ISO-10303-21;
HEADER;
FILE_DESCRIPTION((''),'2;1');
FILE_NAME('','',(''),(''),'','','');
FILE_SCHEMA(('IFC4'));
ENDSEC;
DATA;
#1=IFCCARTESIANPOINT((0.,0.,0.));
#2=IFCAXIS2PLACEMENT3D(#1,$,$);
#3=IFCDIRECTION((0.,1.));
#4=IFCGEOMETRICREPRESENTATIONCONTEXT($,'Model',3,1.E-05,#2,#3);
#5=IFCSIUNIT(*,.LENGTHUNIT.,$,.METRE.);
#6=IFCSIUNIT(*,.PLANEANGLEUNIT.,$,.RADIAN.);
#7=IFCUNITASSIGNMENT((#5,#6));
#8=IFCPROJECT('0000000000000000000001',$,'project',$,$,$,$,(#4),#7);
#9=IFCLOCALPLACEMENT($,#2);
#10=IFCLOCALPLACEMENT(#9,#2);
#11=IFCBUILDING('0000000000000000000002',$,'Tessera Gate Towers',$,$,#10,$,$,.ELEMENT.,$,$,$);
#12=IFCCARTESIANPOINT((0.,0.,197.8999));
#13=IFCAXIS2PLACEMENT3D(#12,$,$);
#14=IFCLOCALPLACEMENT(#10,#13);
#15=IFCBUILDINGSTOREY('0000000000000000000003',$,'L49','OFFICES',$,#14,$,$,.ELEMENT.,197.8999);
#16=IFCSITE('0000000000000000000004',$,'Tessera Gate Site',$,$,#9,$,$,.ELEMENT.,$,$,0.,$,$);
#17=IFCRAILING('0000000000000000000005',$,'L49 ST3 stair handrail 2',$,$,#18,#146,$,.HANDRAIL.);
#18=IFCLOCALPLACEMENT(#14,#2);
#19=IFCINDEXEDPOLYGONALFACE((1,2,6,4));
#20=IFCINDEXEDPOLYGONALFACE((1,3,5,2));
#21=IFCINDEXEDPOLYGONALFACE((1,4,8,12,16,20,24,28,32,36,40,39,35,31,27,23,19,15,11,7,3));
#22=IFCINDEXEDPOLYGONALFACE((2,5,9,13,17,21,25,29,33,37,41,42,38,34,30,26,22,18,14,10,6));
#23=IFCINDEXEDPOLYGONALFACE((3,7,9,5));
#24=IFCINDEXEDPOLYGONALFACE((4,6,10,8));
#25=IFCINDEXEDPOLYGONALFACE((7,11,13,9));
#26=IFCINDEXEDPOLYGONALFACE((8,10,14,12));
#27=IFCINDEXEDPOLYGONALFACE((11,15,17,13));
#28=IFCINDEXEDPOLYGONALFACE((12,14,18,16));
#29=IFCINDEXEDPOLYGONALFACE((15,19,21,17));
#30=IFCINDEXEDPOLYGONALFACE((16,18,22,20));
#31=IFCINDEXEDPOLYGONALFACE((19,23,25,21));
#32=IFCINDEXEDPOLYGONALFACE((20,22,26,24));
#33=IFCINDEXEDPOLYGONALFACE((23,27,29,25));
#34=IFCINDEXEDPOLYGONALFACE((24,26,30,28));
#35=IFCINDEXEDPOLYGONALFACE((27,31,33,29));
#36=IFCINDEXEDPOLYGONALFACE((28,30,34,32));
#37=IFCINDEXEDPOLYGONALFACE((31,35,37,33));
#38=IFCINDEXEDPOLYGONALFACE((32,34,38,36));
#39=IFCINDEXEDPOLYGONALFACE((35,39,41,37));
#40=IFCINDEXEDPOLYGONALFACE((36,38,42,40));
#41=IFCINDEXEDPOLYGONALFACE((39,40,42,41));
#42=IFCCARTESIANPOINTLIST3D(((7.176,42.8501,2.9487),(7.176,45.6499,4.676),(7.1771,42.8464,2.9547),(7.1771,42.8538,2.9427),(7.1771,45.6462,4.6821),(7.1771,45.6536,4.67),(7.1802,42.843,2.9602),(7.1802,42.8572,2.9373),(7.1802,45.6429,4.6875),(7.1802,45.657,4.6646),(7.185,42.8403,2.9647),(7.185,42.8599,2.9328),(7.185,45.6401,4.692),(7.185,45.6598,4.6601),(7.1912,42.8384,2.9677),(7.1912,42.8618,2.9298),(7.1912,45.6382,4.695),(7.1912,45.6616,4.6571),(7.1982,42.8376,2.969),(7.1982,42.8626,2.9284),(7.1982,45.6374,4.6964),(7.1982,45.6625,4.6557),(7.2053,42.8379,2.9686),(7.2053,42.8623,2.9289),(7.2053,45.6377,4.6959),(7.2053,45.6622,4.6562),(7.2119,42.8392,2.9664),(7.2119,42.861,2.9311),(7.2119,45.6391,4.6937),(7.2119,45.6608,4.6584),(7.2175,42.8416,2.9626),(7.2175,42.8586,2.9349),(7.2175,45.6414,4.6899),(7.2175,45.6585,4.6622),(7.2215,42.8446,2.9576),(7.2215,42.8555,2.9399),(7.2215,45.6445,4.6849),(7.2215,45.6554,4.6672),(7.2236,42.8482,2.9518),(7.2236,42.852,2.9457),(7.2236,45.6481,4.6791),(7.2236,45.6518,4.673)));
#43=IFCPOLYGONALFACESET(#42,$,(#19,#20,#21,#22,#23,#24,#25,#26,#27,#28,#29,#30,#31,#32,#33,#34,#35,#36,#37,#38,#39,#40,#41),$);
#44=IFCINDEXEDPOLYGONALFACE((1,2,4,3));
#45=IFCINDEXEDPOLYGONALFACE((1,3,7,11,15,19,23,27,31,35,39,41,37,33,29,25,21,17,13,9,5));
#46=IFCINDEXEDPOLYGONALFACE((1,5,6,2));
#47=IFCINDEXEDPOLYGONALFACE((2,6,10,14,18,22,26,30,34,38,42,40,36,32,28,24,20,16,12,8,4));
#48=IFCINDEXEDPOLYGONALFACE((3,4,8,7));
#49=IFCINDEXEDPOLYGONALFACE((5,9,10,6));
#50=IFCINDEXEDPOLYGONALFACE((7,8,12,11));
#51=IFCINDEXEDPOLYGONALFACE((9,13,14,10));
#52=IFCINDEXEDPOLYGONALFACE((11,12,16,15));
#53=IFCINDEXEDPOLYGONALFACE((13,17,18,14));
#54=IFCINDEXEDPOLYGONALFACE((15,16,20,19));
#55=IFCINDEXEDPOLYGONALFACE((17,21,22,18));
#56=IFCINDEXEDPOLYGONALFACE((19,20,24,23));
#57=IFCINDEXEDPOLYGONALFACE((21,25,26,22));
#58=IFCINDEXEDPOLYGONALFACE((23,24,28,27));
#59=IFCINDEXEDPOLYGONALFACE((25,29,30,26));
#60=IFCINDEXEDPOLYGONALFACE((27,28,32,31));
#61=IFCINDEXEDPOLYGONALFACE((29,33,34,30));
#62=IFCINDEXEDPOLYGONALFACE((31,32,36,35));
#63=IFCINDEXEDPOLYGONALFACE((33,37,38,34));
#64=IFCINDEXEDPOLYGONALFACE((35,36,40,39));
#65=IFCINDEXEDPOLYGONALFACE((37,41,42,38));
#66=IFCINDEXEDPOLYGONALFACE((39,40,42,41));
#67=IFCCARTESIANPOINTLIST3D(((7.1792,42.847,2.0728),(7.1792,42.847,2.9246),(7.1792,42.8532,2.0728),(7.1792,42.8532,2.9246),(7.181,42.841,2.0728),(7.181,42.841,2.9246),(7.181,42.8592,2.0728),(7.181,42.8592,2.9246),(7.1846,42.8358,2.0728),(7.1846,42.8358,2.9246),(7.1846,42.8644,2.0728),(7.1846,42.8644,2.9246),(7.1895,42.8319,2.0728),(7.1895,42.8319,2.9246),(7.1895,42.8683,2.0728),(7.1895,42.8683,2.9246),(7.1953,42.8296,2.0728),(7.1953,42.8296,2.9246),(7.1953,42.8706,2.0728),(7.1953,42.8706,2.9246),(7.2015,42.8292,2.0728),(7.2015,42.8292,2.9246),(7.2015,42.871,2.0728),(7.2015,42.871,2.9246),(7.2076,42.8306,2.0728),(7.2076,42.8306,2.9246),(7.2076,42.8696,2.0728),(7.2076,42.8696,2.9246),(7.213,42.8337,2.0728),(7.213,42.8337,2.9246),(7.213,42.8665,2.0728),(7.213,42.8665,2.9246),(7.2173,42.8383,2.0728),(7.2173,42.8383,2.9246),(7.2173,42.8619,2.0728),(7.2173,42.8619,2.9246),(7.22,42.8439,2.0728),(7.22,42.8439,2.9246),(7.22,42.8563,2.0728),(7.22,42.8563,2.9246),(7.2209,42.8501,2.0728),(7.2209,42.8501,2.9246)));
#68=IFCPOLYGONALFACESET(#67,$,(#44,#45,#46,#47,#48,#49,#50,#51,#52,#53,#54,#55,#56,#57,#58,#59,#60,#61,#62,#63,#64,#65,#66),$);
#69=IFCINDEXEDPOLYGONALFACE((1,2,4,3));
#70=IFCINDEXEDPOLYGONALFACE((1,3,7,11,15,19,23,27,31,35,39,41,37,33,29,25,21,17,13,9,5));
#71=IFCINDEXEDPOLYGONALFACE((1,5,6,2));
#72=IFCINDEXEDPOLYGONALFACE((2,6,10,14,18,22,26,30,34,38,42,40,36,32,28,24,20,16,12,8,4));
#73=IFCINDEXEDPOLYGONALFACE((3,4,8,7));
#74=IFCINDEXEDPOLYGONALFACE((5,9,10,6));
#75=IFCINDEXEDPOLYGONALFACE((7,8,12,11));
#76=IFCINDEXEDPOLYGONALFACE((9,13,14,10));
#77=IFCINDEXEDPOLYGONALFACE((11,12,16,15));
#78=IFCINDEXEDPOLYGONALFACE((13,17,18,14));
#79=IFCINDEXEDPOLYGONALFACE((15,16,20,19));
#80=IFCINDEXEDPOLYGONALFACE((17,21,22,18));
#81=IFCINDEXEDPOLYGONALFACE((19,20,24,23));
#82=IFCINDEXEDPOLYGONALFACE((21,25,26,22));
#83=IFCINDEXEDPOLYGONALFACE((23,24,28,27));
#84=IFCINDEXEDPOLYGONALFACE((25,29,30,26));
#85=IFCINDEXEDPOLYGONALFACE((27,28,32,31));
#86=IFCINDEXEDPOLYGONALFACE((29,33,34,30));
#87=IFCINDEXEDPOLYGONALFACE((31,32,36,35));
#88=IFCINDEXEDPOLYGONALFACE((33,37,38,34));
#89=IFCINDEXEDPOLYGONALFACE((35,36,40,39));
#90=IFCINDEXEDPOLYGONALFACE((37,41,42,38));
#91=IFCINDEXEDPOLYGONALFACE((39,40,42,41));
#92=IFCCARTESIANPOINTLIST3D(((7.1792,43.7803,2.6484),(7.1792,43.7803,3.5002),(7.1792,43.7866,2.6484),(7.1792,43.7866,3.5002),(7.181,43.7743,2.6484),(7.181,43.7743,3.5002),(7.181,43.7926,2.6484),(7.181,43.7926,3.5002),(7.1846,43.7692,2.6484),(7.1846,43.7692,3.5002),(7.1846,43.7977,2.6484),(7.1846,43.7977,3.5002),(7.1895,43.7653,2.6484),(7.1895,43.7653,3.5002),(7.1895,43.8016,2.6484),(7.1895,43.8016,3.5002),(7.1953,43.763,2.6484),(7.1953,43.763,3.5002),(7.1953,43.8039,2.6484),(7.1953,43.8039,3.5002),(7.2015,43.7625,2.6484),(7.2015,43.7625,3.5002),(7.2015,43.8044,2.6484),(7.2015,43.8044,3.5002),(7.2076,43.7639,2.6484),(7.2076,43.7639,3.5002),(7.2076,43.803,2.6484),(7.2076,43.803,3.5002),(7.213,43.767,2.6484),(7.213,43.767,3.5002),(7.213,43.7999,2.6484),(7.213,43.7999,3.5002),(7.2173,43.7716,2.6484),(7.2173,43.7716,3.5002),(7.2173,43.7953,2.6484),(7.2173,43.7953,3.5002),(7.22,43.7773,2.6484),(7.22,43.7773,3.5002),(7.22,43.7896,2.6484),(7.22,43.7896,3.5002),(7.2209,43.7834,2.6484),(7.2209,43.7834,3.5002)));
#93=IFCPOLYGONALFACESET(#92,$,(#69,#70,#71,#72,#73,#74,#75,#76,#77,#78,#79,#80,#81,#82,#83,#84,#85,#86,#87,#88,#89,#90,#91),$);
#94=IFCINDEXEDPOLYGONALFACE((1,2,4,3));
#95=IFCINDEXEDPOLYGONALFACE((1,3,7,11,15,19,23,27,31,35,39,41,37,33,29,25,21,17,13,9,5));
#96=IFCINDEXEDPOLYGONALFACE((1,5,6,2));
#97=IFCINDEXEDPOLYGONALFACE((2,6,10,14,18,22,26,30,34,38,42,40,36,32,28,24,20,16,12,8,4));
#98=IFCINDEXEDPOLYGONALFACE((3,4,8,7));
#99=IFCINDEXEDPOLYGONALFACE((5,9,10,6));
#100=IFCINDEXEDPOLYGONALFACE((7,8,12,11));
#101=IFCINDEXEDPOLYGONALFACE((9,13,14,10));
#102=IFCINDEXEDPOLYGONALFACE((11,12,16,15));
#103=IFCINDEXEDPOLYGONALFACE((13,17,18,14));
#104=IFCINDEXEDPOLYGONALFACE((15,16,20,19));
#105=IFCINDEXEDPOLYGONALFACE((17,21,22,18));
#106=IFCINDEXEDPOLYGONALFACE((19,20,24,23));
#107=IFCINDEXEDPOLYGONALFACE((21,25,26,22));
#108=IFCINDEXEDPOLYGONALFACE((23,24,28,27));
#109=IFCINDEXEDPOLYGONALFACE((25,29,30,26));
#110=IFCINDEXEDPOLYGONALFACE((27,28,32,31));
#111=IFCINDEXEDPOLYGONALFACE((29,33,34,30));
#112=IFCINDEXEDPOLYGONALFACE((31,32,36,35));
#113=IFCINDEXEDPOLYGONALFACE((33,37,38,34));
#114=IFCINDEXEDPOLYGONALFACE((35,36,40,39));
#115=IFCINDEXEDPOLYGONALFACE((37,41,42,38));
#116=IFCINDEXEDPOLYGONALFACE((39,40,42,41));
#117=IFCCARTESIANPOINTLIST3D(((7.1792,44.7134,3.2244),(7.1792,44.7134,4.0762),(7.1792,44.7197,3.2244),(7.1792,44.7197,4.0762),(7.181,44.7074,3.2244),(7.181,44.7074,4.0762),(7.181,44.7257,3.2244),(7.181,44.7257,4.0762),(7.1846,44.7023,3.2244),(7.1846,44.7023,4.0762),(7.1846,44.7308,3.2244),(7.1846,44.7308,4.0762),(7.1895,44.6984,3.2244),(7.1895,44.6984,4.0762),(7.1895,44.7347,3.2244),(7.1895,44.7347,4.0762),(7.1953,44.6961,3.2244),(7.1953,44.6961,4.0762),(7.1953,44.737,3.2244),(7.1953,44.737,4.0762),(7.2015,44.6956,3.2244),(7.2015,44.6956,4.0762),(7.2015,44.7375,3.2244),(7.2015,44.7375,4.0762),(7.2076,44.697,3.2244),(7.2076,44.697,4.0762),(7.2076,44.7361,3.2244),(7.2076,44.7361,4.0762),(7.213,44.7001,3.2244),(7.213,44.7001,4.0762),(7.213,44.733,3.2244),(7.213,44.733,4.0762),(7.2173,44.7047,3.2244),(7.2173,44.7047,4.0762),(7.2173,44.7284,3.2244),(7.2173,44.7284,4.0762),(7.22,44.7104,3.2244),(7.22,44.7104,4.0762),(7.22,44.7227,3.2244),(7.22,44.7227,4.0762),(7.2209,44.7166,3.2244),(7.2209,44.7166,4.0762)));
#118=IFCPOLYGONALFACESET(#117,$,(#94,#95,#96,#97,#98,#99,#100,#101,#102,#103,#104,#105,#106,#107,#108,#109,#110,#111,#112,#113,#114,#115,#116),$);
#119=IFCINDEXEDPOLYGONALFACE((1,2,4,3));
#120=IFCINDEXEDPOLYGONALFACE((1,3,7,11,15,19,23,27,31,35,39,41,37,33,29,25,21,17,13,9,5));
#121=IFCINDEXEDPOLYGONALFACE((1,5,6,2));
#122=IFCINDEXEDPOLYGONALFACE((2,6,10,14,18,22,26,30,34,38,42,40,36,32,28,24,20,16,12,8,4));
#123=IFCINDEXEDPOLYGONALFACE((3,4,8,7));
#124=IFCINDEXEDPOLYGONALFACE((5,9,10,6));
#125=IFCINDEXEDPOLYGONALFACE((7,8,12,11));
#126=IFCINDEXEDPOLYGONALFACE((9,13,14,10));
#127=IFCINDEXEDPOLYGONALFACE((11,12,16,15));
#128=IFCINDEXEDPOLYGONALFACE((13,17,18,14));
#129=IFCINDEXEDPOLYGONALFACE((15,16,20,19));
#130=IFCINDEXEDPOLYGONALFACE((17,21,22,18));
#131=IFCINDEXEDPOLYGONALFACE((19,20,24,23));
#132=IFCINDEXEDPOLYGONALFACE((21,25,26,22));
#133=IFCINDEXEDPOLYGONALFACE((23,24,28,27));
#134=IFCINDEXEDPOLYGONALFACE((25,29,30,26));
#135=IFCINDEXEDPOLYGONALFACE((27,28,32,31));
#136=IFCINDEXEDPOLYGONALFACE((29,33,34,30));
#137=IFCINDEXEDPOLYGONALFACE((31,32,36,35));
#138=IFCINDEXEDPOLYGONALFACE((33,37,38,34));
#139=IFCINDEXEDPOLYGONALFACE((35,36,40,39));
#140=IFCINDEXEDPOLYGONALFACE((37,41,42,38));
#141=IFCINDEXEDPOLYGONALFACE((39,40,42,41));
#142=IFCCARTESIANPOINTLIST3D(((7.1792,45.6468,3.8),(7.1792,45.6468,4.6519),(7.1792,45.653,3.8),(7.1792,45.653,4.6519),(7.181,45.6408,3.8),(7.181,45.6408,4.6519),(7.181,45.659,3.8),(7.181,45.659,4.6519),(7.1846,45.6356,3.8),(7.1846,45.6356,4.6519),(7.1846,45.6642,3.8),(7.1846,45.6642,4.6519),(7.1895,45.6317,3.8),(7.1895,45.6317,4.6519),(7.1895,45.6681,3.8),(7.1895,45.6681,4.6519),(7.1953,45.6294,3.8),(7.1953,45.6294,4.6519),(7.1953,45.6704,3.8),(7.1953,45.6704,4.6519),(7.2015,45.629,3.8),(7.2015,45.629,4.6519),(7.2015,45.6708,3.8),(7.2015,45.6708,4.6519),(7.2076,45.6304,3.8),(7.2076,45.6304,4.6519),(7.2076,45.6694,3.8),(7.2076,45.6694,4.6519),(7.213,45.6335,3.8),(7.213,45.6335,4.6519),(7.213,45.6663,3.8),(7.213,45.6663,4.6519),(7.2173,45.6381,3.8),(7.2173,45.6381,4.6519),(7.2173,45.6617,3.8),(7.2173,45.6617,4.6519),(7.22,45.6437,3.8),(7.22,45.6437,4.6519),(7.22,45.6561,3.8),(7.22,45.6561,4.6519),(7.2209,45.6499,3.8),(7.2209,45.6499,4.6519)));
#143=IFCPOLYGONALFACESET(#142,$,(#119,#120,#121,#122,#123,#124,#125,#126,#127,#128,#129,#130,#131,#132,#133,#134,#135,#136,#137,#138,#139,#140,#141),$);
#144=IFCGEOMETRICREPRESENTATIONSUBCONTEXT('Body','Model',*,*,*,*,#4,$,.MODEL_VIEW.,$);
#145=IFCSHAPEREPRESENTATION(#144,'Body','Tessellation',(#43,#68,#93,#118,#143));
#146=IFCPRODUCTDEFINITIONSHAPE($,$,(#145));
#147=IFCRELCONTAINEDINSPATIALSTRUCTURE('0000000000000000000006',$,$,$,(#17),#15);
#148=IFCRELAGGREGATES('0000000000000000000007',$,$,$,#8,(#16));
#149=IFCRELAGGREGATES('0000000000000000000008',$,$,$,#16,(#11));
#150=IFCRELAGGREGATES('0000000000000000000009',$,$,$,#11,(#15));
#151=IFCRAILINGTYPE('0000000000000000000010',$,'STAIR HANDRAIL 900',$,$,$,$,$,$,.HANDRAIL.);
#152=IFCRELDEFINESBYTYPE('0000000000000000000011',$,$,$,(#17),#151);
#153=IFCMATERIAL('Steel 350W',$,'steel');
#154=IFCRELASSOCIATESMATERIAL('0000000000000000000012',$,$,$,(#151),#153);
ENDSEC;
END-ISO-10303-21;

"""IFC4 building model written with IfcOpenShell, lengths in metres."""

from ifc_helpers import new_model, si_unit, direction, frame, origin, origin_2d, place, context, subcontext, project, spatial, circle, extrude, material, type_object, element, save


model = new_model("IFC4")

# Units and contexts
model_context = context("Model", 3, precision=1e-05, world=origin(), true_north=direction((0.0, 1.0)))
body_context = subcontext(model_context, "Body", "Model", "MODEL_VIEW")
ifc_project = project(units=[si_unit("LENGTHUNIT", "METRE"), si_unit("PLANEANGLEUNIT", "RADIAN")], contexts=[model_context])

# Site, building, storey
site_placement = place(None, origin())
site = spatial("IfcSite", under=ifc_project, at=site_placement, Name="Tessera Gate Site", CompositionType="ELEMENT", RefElevation=0.0)
building_placement = place(site_placement, origin())
building = spatial("IfcBuilding", under=site, at=building_placement, Name="Tessera Gate Towers", CompositionType="ELEMENT")
storey_placement = place(building_placement, frame((0.0, 0.0, 197.8999)))
storey = spatial("IfcBuildingStorey", under=building, at=storey_placement, Name="L49", Description="OFFICES", CompositionType="ELEMENT", Elevation=197.8999)

# Railing
ifc_material_1 = material(Name="Steel 350W", Category="steel")
railing_type_1 = type_object("IfcRailingType", Name="STAIR HANDRAIL 900", PredefinedType="HANDRAIL", material=ifc_material_1)
railing_1_placement = place(storey_placement, frame((7.2, 42.8501, 2.0728)))
element("IfcRailing", 1, at=railing_1_placement, inside=storey, type_object=railing_type_1, Name="L49 ST3 stair handrail 2", PredefinedType="HANDRAIL", context=body_context, shape_type="SweptSolid", body=[
    extrude(circle(Radius=0.0239, at=origin_2d()), frame((0.0, 0.0, 0.876), z_axis=(0.0, 0.851069, 0.525054), x_axis=(-1.0, 0.0, 0.0)), (0.0, 0.0, 1.0), 3.2898),
    extrude(circle(Radius=0.021, at=origin_2d()), origin(), (0.0, 0.0, 1.0), 0.8518),
    extrude(circle(Radius=0.021, at=origin_2d()), frame((0.0, 0.9333, 0.5757)), (0.0, 0.0, 1.0), 0.8518),
    extrude(circle(Radius=0.021, at=origin_2d()), frame((0.0, 1.8665, 1.1516)), (0.0, 0.0, 1.0), 0.8518),
    extrude(circle(Radius=0.021, at=origin_2d()), frame((0.0, 2.7998, 1.7273)), (0.0, 0.0, 1.0), 0.8518),
])

save(model, "model.ifc")
